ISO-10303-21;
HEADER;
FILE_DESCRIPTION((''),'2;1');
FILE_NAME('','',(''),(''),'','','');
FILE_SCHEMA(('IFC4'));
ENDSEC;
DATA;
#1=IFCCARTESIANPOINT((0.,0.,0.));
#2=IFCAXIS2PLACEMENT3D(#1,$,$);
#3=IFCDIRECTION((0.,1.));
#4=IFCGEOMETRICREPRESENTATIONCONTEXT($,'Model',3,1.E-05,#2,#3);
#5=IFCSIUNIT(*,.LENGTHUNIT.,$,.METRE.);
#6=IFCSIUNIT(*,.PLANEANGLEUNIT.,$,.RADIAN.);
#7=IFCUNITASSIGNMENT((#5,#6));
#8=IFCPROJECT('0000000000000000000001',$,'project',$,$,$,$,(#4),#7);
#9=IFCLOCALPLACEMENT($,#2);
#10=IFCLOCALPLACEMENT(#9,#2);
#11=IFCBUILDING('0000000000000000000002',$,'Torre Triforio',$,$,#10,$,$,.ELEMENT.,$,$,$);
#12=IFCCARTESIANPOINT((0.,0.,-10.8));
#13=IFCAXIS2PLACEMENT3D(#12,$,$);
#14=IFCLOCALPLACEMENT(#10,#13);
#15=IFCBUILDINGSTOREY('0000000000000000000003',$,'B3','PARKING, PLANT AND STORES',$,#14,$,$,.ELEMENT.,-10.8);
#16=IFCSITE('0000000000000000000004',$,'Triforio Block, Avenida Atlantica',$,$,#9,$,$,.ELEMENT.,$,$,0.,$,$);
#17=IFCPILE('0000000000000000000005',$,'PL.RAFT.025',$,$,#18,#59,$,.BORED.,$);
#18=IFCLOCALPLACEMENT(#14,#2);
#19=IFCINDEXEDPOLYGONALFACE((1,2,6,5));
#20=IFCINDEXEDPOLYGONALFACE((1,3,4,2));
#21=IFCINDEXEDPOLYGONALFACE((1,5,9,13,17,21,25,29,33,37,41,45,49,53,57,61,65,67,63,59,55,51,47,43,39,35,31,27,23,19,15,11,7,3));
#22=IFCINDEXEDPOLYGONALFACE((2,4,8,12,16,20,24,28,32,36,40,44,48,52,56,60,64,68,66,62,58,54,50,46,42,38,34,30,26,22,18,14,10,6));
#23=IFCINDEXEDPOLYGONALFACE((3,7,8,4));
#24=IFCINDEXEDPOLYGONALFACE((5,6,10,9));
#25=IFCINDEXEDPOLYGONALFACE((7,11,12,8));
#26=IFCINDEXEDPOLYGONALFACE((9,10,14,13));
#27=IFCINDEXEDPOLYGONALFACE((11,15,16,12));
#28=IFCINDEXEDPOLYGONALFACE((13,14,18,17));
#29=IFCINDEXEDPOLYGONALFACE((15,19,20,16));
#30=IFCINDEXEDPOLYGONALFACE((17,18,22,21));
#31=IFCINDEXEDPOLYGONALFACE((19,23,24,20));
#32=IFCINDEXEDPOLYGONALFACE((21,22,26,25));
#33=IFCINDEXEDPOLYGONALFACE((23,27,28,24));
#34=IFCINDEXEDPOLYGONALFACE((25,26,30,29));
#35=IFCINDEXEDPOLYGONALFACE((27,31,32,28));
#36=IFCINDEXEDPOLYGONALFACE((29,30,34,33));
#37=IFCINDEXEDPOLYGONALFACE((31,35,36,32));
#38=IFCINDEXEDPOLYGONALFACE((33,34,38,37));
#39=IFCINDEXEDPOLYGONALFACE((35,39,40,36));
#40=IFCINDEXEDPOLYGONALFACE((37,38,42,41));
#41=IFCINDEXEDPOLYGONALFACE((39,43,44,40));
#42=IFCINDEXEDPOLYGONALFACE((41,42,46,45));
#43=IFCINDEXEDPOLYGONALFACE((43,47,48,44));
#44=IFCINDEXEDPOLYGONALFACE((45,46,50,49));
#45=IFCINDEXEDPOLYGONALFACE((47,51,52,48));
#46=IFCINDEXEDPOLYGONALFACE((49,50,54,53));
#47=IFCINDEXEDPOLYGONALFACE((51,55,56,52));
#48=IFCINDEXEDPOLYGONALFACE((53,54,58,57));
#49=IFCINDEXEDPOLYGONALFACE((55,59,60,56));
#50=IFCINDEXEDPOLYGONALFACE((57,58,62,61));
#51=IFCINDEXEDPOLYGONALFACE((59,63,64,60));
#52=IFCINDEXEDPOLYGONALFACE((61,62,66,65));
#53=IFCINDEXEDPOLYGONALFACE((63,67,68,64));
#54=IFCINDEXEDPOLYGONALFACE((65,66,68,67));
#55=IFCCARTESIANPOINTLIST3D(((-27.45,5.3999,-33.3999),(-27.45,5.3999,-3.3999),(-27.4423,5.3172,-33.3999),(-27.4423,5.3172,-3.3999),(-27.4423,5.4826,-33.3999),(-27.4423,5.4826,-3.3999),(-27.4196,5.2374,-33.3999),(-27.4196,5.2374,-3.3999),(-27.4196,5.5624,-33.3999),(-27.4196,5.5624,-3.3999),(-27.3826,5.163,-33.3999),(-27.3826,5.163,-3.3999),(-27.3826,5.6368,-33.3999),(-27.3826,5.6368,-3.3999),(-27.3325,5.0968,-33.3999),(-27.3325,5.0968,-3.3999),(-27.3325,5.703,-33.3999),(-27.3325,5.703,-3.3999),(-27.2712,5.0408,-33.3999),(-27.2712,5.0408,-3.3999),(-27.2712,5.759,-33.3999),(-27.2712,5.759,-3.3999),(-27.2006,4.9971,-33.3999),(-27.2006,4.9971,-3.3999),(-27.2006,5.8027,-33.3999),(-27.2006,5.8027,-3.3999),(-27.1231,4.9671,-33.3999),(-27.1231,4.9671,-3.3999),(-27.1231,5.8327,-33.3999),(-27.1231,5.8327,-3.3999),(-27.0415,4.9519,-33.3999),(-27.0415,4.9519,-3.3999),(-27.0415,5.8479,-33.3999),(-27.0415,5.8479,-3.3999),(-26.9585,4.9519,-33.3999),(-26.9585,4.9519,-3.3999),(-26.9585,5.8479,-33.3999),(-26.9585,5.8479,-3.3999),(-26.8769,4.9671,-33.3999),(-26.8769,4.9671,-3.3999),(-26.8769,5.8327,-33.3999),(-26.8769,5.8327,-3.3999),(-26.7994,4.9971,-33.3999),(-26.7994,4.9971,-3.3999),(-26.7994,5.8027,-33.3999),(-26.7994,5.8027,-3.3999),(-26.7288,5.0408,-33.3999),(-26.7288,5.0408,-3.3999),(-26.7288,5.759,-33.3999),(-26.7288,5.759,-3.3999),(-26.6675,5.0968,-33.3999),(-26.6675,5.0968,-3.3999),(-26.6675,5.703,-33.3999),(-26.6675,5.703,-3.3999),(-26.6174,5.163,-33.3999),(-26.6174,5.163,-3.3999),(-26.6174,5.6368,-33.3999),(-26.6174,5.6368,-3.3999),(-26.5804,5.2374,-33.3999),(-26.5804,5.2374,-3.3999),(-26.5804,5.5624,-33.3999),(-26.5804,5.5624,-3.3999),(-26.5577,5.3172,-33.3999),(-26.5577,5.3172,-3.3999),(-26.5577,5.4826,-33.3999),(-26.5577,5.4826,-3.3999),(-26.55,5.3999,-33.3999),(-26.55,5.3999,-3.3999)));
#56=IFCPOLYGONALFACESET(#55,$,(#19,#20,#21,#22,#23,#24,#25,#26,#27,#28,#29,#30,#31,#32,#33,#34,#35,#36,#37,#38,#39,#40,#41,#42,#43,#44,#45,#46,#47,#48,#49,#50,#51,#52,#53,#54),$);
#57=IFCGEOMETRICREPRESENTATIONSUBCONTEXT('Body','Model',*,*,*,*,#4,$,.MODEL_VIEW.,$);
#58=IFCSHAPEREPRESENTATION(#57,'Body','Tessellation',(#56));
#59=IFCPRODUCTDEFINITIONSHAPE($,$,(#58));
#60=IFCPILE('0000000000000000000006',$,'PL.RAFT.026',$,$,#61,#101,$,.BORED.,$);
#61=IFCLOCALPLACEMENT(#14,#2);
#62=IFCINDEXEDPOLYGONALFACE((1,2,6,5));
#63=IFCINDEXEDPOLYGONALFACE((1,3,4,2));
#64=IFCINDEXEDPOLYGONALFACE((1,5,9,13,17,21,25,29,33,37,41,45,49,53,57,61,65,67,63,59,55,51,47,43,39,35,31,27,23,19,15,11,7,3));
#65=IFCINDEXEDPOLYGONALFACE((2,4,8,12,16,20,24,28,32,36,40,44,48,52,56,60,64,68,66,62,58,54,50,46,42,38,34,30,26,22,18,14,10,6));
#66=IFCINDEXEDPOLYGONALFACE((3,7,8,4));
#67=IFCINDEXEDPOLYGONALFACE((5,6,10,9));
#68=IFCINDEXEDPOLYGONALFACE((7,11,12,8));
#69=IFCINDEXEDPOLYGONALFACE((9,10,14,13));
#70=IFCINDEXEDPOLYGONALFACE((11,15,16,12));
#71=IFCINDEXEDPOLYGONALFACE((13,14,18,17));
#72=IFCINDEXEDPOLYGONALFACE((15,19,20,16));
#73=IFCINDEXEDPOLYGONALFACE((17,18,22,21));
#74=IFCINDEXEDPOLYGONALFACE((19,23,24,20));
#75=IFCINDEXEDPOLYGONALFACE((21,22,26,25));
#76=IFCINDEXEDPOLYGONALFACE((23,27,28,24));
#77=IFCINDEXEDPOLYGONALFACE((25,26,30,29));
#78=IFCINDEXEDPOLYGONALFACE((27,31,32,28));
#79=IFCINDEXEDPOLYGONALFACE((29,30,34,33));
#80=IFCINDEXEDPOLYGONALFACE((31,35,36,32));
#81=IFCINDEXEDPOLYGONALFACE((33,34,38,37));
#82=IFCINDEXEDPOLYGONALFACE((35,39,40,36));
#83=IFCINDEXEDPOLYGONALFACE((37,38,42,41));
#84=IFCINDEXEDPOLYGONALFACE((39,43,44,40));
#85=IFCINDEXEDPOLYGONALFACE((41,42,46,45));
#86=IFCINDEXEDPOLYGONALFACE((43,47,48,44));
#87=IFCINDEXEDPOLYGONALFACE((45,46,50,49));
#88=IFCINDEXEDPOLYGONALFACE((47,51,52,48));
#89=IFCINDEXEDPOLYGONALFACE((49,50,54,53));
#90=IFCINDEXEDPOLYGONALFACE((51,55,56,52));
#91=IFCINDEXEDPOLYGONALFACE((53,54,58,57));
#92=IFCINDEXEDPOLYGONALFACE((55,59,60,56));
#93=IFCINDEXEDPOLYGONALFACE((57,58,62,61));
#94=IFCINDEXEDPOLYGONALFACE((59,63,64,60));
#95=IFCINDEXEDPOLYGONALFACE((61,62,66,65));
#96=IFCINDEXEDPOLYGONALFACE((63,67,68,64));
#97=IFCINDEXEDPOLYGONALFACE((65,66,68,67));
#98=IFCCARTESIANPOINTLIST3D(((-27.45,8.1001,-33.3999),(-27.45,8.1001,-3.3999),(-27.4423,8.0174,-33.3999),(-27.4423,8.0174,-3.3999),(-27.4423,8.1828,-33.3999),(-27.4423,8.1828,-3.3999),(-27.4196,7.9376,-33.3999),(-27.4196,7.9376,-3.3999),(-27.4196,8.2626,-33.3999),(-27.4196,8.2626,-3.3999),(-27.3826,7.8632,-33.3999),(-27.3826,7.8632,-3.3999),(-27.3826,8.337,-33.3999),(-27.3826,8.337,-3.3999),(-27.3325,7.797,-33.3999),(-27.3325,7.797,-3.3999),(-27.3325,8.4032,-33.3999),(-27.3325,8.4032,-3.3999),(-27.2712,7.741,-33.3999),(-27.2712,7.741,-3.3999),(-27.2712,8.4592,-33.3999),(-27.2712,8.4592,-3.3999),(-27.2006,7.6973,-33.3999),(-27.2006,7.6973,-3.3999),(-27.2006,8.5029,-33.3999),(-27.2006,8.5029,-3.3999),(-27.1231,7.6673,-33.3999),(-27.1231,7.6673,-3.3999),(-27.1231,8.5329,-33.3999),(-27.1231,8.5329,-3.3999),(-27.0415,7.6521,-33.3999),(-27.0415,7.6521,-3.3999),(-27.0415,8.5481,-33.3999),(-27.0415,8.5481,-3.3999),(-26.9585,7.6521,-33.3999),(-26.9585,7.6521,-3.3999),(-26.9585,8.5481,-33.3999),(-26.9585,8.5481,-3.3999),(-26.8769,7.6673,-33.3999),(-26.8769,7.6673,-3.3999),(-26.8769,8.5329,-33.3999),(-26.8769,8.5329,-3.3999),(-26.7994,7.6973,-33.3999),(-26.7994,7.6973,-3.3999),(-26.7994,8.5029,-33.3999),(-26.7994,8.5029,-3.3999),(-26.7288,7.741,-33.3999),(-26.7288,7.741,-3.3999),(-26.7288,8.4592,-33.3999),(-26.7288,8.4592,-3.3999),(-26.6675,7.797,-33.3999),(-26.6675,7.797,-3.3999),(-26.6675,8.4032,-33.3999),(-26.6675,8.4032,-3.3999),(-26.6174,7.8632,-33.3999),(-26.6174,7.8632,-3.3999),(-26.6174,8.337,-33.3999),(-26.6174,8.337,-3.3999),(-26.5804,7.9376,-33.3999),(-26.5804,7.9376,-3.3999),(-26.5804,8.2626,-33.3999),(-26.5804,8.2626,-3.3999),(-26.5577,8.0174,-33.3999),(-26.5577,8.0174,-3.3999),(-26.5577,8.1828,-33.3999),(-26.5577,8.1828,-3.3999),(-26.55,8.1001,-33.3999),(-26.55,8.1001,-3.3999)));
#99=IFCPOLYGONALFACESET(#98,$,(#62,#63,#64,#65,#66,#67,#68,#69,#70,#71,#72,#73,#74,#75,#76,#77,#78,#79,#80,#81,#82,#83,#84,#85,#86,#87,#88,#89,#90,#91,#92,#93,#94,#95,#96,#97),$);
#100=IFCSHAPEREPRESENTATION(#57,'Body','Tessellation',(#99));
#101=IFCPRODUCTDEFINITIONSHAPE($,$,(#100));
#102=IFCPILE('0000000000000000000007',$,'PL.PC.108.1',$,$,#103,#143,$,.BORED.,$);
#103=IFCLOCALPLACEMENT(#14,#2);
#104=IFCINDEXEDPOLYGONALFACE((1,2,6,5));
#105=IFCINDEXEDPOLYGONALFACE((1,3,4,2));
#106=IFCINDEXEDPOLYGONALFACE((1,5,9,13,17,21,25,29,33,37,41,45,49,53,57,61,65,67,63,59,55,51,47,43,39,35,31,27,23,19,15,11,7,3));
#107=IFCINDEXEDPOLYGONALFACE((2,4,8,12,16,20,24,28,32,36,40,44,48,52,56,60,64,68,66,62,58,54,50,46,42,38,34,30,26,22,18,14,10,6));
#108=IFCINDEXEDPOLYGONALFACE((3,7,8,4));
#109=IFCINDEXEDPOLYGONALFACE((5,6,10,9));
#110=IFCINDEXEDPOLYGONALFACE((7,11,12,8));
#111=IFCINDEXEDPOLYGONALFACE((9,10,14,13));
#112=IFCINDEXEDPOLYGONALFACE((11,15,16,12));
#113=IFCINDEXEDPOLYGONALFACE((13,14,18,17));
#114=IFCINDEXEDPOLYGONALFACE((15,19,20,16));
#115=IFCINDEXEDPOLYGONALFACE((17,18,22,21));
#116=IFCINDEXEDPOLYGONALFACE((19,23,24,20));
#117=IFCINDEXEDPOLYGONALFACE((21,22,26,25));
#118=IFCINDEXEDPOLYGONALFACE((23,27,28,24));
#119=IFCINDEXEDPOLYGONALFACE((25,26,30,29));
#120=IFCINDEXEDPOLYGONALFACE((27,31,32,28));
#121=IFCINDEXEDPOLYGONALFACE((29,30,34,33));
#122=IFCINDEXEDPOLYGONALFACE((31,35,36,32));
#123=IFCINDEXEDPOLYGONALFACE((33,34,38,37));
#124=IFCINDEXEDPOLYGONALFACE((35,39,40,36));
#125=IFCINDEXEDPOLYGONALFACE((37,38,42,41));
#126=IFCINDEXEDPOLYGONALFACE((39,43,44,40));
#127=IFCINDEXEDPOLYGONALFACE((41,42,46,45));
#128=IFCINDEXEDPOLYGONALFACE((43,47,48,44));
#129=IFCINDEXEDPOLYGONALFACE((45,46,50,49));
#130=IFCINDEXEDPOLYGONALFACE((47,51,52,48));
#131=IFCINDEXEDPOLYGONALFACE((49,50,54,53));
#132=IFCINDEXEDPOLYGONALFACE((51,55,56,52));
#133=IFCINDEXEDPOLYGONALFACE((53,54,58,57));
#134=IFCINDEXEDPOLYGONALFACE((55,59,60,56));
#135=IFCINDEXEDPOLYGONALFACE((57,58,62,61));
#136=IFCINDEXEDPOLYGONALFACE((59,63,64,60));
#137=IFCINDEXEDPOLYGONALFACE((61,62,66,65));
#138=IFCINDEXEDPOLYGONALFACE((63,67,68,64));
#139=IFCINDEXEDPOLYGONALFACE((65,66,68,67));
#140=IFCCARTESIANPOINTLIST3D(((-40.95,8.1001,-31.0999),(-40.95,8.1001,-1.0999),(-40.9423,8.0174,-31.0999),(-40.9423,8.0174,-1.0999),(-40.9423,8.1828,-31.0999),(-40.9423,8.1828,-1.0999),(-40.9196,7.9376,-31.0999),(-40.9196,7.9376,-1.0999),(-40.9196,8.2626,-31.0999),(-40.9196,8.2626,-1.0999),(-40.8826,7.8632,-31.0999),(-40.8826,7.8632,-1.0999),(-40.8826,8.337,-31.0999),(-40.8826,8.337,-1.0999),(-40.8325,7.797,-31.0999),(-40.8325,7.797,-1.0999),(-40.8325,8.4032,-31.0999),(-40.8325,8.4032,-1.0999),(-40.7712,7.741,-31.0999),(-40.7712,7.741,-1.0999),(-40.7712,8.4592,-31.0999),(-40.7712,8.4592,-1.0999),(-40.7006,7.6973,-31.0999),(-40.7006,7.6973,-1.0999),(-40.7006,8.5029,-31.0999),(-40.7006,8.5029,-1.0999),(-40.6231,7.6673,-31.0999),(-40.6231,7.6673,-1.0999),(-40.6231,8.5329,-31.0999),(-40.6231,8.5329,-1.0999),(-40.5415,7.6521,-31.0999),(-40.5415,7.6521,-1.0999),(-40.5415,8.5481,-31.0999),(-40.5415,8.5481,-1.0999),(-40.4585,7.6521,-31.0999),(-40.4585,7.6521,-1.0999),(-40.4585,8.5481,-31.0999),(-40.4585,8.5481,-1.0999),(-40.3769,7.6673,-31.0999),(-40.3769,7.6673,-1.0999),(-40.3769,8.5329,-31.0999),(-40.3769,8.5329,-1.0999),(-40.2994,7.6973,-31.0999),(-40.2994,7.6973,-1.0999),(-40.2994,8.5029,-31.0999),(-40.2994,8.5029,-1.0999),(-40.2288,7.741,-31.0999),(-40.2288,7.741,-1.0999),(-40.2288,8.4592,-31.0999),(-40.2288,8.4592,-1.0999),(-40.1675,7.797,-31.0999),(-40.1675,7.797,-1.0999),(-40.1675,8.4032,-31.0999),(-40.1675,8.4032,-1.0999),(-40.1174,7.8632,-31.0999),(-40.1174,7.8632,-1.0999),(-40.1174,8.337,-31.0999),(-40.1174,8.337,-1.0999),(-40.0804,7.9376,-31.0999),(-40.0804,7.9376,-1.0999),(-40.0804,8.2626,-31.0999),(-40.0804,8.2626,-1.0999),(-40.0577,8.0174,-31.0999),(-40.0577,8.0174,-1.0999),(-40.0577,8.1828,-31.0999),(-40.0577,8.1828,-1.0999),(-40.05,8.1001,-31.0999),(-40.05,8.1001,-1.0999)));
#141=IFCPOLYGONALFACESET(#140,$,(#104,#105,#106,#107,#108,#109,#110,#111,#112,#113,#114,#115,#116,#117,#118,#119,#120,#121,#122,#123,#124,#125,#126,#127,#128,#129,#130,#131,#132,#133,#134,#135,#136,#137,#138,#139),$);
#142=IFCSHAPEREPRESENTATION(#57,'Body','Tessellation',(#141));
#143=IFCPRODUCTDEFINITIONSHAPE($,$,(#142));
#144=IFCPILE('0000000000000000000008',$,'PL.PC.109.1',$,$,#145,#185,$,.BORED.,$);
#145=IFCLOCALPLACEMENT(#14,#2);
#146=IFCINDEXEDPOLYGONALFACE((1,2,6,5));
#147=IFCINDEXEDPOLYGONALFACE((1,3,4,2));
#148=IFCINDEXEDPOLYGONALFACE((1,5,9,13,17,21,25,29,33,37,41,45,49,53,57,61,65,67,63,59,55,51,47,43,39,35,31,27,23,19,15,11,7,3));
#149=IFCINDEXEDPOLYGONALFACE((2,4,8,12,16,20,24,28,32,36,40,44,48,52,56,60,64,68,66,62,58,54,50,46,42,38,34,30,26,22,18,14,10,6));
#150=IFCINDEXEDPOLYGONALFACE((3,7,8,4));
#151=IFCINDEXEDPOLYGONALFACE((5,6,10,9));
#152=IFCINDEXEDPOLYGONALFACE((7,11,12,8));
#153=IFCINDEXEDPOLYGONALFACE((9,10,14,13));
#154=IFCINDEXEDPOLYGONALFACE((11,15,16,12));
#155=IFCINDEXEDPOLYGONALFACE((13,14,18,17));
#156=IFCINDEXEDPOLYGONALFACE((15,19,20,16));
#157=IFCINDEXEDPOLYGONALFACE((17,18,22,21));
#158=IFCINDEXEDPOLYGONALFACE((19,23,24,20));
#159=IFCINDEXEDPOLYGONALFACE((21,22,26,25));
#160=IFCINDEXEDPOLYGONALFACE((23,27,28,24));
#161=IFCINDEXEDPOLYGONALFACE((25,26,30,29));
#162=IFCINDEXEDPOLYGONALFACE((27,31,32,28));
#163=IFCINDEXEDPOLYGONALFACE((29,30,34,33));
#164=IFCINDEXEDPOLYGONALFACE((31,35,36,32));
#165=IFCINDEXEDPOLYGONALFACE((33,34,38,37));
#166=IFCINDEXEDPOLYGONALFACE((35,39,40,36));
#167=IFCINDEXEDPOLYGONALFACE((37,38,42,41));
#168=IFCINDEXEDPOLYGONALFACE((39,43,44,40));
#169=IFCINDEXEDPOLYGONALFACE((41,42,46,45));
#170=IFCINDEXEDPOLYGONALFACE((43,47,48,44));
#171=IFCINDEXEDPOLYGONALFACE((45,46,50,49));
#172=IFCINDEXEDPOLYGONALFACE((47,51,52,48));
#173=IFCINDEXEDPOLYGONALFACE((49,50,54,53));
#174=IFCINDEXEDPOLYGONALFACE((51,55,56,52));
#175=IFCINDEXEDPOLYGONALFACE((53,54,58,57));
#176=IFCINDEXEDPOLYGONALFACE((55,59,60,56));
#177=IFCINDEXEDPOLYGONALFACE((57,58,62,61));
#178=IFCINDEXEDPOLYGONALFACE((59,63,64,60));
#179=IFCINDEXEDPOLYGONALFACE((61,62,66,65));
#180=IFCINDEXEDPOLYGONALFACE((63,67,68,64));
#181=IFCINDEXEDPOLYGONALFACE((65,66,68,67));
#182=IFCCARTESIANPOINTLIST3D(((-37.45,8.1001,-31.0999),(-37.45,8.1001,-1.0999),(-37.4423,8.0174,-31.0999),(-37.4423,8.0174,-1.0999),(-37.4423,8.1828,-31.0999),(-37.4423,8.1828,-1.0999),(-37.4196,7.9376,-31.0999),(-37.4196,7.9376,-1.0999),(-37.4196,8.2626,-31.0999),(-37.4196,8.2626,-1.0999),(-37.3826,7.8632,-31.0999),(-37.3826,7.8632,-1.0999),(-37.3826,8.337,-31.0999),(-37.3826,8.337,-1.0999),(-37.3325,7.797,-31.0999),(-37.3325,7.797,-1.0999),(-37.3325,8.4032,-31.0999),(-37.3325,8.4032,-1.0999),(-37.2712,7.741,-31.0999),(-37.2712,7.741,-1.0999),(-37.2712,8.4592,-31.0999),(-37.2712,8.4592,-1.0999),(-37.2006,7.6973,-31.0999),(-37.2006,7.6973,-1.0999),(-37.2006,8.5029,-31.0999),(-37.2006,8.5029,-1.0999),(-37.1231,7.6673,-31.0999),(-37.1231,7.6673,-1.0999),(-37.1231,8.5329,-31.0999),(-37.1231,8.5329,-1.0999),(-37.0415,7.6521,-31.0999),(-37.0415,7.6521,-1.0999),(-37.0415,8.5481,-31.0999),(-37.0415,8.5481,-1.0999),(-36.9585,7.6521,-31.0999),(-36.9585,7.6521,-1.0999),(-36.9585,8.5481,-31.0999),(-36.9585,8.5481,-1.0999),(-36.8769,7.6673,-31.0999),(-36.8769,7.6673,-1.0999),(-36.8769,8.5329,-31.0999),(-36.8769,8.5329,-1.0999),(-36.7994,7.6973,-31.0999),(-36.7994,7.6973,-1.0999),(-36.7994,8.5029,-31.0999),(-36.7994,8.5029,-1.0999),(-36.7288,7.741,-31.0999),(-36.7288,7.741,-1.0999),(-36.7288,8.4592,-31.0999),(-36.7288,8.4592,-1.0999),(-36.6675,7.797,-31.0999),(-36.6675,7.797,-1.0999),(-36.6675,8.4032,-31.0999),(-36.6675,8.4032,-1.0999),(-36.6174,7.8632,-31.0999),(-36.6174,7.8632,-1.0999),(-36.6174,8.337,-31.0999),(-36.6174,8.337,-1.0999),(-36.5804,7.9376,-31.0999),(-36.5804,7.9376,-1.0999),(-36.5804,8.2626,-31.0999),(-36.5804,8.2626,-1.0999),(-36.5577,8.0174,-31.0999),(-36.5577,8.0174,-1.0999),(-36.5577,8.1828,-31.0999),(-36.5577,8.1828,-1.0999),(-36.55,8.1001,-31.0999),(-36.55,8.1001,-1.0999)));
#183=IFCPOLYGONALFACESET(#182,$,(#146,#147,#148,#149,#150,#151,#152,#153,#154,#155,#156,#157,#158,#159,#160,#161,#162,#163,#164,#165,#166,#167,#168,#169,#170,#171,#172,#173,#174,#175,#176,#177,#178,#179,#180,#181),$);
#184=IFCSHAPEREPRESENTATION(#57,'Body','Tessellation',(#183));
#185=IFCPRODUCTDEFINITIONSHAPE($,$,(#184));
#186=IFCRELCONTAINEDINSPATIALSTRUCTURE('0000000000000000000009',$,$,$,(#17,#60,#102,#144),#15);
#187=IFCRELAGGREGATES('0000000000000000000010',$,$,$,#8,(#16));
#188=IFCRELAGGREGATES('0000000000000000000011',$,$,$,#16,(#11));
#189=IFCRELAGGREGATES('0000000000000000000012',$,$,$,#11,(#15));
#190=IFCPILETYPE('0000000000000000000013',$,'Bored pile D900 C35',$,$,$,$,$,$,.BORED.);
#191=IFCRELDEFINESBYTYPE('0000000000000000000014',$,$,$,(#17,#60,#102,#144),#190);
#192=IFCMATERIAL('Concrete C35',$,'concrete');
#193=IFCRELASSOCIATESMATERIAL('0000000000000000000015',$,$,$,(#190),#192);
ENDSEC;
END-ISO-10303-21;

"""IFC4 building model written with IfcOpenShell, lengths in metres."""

from ifc_helpers import new_model, si_unit, direction, frame, origin, origin_2d, place, context, subcontext, project, spatial, circle, extrude, material, material_profile, profile_set, type_object, element, save


model = new_model("IFC4")

# Units and contexts
model_context = context("Model", 3, precision=1e-05, world=origin(), true_north=direction((0.0, 1.0)))
body_context = subcontext(model_context, "Body", "Model", "MODEL_VIEW")
ifc_project = project(units=[si_unit("LENGTHUNIT", "METRE"), si_unit("PLANEANGLEUNIT", "RADIAN")], contexts=[model_context])

# Site, building, storey
site_placement = place(None, origin())
site = spatial("IfcSite", under=ifc_project, at=site_placement, Name="Triforio Block, Avenida Atlantica", CompositionType="ELEMENT", RefElevation=0.0)
building_placement = place(site_placement, origin())
building = spatial("IfcBuilding", under=site, at=building_placement, Name="Torre Triforio", CompositionType="ELEMENT")
storey_placement = place(building_placement, frame((0.0, 0.0, -10.8)))
storey = spatial("IfcBuildingStorey", under=building, at=storey_placement, Name="B3", Description="PARKING, PLANT AND STORES", CompositionType="ELEMENT", Elevation=-10.8)

# Piles
ifc_material_1 = material(Name="Concrete C35", Category="concrete")
ifc_material_profile_1 = material_profile(ifc_material_1, circle(Radius=0.45, at=origin_2d()), Name="RC D900")
ifc_profile_set_1 = profile_set([ifc_material_profile_1], Name="Concrete C35")
pile_type = type_object("IfcPileType", Name="Bored pile D900 C35", PredefinedType="BORED", material=ifc_profile_set_1)
for number, where, z_axis, x_axis, name in (
    (1, (-27.0, 5.3999, -3.3999), (0.0, 0.0, -1.0), (1.0, 0.0, 0.0), "PL.RAFT.025"),
    (2, (-27.0, 8.1001, -3.3999), (0.0, 0.0, -1.0), (1.0, 0.0, 0.0), "PL.RAFT.026"),
    (3, (-40.5, 8.1001, -1.0999), (0.0, 0.0, -1.0), (1.0, 0.0, 0.0), "PL.PC.108.1"),
    (4, (-37.0, 8.1001, -1.0999), (0.0, 0.0, -1.0), (1.0, 0.0, 0.0), "PL.PC.109.1"),
):
    element("IfcPile", number, at=place(storey_placement, frame(where, z_axis=z_axis, x_axis=x_axis)), inside=storey, type_object=pile_type, Name=name, PredefinedType="BORED", context=body_context, shape_type="SweptSolid", body=[
        extrude(circle(Radius=0.45, at=origin_2d()), origin(), (0.0, 0.0, 1.0), 30.0),
    ])

save(model, "model.ifc")
